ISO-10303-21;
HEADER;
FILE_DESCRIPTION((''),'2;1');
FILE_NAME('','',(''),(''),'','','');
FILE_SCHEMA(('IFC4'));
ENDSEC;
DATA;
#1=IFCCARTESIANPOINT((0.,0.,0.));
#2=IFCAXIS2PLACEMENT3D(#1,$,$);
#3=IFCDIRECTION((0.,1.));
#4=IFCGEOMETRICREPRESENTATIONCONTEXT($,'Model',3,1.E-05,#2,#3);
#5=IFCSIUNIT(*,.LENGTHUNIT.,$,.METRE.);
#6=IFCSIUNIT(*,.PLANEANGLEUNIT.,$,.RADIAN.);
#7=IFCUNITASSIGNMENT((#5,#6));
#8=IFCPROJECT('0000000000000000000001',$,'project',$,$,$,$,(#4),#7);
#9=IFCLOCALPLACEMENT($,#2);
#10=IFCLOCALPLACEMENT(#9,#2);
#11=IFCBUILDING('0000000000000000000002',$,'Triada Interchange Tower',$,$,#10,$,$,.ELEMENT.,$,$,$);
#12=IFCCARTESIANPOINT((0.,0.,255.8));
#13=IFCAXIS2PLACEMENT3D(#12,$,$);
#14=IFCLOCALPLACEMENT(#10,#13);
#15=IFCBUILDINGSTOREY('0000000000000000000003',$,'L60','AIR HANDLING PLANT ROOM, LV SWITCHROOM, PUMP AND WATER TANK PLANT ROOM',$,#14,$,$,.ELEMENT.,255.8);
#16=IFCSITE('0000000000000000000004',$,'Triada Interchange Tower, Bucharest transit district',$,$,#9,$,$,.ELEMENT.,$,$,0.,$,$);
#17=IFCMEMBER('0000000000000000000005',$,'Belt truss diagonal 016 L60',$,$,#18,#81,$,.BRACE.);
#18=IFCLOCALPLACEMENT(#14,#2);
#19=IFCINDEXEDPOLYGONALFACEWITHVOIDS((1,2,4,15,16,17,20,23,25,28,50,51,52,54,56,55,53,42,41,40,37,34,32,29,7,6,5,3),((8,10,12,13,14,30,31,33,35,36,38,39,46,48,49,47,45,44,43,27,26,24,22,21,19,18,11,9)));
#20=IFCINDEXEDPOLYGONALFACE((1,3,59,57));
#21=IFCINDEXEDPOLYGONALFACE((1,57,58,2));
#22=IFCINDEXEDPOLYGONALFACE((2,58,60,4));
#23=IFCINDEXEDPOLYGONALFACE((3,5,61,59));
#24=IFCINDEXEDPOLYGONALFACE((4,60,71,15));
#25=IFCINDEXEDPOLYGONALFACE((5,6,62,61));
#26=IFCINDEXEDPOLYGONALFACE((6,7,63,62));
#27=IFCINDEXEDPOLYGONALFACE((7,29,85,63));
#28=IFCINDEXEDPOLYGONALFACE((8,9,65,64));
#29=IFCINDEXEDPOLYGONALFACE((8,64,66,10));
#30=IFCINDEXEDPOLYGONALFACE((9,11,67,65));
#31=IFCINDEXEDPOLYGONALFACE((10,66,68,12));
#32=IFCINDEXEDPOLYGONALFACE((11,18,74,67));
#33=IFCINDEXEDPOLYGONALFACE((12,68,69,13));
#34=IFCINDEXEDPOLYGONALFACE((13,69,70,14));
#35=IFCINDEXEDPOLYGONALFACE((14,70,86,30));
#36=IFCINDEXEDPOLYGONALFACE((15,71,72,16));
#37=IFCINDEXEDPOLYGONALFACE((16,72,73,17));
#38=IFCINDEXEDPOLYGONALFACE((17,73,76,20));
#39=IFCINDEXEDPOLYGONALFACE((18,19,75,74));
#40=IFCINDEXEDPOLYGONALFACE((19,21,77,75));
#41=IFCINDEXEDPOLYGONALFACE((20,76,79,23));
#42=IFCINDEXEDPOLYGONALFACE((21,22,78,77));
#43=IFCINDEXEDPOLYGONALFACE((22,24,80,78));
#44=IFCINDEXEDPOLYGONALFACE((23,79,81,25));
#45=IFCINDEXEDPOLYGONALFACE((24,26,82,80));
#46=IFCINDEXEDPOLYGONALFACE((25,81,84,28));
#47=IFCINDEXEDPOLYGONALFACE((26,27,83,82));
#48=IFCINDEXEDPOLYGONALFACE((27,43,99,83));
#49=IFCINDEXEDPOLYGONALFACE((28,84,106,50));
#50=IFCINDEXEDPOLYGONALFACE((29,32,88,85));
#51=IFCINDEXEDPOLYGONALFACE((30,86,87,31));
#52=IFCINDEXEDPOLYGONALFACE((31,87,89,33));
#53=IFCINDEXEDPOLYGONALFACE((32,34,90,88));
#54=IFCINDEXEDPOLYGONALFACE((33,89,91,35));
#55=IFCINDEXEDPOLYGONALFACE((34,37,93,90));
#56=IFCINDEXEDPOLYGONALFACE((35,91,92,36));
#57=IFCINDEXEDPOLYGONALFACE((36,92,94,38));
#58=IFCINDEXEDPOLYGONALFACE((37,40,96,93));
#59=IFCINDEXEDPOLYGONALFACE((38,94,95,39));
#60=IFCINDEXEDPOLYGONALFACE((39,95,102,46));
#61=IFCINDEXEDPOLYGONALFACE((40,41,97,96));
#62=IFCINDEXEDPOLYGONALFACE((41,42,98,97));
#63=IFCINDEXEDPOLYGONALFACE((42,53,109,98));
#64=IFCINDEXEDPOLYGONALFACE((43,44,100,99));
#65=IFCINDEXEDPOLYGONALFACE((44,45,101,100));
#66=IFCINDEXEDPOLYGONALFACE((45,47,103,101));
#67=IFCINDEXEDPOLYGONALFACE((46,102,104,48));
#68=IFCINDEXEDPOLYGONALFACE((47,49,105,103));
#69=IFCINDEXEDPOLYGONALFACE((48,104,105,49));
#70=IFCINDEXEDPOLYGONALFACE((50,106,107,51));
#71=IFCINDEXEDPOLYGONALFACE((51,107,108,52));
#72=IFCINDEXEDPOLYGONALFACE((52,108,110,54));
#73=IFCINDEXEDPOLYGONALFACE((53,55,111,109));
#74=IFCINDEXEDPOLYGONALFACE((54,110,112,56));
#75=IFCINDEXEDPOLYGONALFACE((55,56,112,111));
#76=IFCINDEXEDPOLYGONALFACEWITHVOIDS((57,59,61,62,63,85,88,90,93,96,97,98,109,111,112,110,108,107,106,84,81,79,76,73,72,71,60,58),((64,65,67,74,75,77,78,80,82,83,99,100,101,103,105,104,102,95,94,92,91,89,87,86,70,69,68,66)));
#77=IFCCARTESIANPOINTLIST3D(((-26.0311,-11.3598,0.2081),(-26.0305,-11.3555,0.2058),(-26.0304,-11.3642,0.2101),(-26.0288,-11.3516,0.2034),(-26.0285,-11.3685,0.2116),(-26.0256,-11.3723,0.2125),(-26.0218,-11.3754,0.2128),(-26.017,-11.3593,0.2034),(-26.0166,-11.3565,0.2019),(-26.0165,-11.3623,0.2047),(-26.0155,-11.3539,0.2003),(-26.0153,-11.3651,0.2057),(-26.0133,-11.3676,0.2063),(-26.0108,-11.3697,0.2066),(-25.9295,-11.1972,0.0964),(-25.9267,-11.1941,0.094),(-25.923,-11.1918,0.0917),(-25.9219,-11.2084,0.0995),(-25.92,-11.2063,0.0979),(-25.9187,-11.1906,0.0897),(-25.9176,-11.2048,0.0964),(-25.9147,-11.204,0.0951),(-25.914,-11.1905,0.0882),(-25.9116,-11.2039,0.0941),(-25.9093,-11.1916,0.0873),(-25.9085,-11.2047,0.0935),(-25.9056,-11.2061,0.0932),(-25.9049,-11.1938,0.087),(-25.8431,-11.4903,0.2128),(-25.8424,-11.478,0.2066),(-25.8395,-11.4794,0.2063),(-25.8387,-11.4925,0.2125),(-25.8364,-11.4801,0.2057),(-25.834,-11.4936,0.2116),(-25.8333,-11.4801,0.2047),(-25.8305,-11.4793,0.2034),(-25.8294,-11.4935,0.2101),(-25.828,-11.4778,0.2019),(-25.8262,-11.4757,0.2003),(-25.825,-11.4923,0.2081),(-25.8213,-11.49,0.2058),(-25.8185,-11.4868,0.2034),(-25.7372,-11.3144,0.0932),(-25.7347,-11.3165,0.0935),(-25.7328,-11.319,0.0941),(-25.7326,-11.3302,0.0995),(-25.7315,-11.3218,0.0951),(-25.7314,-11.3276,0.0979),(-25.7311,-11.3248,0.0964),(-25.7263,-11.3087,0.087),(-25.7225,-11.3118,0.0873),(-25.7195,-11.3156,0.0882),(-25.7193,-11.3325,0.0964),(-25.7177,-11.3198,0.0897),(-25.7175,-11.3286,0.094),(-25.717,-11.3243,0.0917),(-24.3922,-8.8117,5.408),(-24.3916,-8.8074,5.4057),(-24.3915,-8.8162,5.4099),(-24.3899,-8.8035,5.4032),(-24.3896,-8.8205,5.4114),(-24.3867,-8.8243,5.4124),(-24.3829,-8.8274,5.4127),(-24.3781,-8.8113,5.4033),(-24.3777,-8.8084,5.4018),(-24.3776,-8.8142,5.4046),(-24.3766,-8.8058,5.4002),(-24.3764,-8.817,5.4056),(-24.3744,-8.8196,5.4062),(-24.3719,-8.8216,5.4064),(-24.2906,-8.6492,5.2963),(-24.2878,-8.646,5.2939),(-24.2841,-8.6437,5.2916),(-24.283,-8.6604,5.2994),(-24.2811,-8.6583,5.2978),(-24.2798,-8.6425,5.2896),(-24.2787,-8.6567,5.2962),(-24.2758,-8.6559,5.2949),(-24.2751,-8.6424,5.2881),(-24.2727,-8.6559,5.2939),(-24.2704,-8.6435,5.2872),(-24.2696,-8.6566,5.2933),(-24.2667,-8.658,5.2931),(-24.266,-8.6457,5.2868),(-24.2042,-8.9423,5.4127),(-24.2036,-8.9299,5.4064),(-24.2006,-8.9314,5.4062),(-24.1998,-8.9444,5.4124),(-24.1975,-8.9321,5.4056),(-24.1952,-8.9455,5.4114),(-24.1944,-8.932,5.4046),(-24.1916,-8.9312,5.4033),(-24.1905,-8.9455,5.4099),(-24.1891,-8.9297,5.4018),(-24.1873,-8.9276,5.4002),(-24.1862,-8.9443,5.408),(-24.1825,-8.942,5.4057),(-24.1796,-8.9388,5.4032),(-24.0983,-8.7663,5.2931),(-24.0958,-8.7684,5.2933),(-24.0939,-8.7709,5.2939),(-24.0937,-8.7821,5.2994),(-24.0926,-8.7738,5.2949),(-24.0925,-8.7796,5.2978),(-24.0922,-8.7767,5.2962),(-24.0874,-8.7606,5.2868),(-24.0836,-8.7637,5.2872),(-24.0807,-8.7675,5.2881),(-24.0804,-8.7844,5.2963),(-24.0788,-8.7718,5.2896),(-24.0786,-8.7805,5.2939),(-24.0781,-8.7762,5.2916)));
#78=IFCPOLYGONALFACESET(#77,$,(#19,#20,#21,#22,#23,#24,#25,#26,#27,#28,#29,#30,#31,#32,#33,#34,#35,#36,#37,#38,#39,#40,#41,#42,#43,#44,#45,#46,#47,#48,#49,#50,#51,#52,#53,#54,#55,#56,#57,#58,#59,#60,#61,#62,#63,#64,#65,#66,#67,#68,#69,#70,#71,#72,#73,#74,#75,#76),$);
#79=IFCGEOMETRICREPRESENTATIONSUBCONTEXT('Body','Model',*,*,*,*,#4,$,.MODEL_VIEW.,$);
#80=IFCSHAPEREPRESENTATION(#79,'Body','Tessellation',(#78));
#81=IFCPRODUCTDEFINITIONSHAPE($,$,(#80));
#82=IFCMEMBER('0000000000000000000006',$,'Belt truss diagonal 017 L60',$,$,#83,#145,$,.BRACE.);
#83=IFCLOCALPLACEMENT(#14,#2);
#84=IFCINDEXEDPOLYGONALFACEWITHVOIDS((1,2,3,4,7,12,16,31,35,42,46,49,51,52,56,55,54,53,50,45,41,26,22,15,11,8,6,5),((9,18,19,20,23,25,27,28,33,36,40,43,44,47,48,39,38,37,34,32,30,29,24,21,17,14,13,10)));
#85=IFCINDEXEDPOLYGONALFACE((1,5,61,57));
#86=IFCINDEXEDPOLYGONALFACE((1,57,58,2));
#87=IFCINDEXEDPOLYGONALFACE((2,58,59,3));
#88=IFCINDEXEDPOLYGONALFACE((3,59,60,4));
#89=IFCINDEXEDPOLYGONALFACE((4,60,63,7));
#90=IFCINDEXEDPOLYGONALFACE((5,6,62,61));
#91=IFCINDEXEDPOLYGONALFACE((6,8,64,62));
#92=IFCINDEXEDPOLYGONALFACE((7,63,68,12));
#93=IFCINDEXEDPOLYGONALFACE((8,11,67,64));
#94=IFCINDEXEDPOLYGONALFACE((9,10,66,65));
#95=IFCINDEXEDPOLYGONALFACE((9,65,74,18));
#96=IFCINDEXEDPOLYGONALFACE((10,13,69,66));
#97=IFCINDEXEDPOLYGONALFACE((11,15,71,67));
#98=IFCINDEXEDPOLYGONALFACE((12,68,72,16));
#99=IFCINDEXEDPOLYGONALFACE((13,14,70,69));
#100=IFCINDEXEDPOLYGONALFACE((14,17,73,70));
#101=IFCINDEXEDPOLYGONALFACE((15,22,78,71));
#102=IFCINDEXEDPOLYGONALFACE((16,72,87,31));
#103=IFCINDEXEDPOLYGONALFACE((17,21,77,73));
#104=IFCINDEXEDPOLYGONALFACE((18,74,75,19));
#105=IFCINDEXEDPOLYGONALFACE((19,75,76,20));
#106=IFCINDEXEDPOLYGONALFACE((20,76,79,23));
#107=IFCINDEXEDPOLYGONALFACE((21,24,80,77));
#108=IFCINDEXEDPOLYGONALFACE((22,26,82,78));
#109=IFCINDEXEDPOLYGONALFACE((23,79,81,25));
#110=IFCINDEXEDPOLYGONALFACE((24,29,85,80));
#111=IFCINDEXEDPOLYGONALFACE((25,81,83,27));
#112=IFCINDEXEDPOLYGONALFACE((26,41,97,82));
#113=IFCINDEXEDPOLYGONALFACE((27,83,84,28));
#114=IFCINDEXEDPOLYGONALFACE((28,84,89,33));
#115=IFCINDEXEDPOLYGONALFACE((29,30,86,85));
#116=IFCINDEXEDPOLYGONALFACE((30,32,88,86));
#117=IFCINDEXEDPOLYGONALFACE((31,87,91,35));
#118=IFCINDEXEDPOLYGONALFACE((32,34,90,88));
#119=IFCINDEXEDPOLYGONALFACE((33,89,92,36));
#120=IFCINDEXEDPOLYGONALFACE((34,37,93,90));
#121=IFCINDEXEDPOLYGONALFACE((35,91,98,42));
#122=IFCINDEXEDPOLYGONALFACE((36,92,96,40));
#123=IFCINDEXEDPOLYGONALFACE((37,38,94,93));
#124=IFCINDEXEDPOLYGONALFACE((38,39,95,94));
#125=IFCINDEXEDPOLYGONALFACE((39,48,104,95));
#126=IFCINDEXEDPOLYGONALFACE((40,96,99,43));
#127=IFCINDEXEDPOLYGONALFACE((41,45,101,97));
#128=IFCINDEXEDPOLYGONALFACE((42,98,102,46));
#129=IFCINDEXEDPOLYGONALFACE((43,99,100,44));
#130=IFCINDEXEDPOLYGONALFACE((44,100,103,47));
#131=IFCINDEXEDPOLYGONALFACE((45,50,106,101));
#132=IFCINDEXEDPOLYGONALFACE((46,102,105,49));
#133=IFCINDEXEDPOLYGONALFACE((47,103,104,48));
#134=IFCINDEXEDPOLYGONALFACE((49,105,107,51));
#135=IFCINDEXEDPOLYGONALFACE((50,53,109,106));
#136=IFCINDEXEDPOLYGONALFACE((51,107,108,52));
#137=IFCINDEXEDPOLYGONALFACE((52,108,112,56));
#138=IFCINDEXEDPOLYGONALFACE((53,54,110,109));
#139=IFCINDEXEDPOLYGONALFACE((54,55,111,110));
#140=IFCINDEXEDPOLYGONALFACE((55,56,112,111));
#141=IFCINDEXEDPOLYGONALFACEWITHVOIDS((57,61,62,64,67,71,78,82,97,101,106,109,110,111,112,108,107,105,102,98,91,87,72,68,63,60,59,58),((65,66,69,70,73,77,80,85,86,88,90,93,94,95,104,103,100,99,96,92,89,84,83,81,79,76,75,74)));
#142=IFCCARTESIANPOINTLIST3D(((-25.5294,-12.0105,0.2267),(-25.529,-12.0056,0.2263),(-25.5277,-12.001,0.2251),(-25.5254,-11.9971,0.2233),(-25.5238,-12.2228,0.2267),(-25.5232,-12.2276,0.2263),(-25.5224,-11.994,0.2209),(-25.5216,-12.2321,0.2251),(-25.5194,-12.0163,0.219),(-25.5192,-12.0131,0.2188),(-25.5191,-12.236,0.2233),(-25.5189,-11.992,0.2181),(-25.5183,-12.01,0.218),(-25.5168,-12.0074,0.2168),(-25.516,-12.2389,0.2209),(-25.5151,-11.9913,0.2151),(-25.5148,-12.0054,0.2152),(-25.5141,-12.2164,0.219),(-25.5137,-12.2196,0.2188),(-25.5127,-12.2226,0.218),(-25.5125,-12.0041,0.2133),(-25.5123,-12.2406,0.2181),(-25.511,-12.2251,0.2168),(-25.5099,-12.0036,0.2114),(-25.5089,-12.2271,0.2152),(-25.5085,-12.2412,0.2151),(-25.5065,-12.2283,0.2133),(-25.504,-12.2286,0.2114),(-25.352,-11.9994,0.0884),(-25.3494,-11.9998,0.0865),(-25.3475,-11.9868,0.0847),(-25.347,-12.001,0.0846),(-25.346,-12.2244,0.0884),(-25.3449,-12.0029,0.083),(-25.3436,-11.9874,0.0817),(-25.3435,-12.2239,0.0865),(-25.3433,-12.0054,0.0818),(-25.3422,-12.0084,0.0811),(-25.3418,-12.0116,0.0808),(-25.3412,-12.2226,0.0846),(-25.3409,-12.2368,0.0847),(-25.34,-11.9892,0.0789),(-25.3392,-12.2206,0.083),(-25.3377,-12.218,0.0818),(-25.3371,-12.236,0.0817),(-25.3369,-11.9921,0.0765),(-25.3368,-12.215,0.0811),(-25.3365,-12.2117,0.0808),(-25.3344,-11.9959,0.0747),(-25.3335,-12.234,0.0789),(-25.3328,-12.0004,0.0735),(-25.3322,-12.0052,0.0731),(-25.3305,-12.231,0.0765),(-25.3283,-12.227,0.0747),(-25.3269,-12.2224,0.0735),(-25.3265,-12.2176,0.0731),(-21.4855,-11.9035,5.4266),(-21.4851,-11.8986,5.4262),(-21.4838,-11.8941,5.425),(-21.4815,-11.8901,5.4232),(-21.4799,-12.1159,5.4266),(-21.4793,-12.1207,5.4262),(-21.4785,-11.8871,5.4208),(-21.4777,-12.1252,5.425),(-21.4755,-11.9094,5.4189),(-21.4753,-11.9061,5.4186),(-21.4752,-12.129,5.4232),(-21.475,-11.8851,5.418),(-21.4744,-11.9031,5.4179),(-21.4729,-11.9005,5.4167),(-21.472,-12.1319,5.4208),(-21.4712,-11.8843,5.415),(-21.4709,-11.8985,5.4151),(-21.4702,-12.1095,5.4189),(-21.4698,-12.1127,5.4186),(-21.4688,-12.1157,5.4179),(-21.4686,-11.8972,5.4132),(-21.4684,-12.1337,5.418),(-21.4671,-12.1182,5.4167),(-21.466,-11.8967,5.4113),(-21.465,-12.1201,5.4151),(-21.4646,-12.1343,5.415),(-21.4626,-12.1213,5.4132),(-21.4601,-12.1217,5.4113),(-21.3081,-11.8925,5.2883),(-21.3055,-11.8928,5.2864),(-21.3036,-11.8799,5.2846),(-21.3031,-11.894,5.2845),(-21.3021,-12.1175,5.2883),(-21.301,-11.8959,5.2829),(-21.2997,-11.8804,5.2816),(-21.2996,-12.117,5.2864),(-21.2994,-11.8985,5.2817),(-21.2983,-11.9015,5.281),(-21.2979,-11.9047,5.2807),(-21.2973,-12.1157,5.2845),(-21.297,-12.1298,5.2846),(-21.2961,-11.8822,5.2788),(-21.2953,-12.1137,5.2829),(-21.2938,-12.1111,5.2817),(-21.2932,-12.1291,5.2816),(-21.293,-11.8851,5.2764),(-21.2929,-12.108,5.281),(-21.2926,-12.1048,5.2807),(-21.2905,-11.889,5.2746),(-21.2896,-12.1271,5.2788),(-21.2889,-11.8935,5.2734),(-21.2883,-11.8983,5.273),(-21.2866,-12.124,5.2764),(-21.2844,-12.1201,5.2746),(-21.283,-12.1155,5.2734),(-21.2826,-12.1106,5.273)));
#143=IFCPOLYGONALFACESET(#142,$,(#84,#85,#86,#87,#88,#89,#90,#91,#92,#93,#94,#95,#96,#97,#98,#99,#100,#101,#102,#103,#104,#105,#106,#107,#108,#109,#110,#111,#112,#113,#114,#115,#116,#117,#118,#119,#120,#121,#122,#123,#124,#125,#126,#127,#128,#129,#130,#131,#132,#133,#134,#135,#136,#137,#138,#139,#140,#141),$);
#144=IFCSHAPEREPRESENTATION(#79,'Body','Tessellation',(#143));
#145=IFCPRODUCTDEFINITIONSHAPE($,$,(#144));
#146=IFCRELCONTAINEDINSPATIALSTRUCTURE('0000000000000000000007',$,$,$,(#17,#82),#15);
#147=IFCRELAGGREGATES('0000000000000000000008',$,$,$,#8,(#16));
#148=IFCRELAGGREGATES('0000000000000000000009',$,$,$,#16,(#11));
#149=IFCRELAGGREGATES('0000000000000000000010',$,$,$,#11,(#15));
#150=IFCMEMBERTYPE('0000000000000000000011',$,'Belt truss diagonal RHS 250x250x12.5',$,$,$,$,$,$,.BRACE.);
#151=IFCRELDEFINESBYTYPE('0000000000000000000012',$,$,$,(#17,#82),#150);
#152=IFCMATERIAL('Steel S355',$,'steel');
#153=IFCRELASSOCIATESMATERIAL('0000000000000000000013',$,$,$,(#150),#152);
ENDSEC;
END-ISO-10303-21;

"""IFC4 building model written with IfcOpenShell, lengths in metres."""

from ifc_helpers import new_model, si_unit, direction, frame, origin, origin_2d, place, context, subcontext, project, spatial, hollow_rectangle, extrude, material, material_profile, profile_set, type_object, element, save


model = new_model("IFC4")

# Units and contexts
model_context = context("Model", 3, precision=1e-05, world=origin(), true_north=direction((0.0, 1.0)))
body_context = subcontext(model_context, "Body", "Model", "MODEL_VIEW")
ifc_project = project(units=[si_unit("LENGTHUNIT", "METRE"), si_unit("PLANEANGLEUNIT", "RADIAN")], contexts=[model_context])

# Site, building, storey
site_placement = place(None, origin())
site = spatial("IfcSite", under=ifc_project, at=site_placement, Name="Triada Interchange Tower, Bucharest transit district", CompositionType="ELEMENT", RefElevation=0.0)
building_placement = place(site_placement, origin())
building = spatial("IfcBuilding", under=site, at=building_placement, Name="Triada Interchange Tower", CompositionType="ELEMENT")
storey_placement = place(building_placement, frame((0.0, 0.0, 255.8)))
storey = spatial("IfcBuildingStorey", under=building, at=storey_placement, Name="L60", Description="AIR HANDLING PLANT ROOM, LV SWITCHROOM, PUMP AND WATER TANK PLANT ROOM", CompositionType="ELEMENT", Elevation=255.8)

# Members
ifc_material_1 = material(Name="Steel S355", Category="steel")
ifc_material_profile_1 = material_profile(ifc_material_1, hollow_rectangle(XDim=0.25, YDim=0.25, WallThickness=0.0125, InnerFilletRadius=0.0125, OuterFilletRadius=0.0188, at=origin_2d()), Name="RHS 250x250x12.5")
ifc_profile_set_1 = profile_set([ifc_material_profile_1], Name="Steel S355")
member_type = type_object("IfcMemberType", Name="Belt truss diagonal RHS 250x250x12.5", PredefinedType="BRACE", material=ifc_profile_set_1)
member_1_placement = place(storey_placement, frame((-25.874, -11.342, 0.1499), z_axis=(0.272328, 0.423401, 0.864042), x_axis=(-0.84105, 0.540957, 0.0)))
element("IfcMember", 1, at=member_1_placement, inside=storey, type_object=member_type, Name="Belt truss diagonal 016 L60", PredefinedType="BRACE", context=body_context, shape_type="SweptSolid", body=[
    extrude(hollow_rectangle(XDim=0.25, YDim=0.25, WallThickness=0.0125, InnerFilletRadius=0.0125, OuterFilletRadius=0.0188, at=origin_2d()), origin(), (0.0, 0.0, 1.0), 6.0181),
])
member_2_placement = place(storey_placement, frame((-25.428, -12.114, 0.1499), z_axis=(0.613816, 0.016231, 0.789282), x_axis=(-0.026434, 0.999651, 0.0)))
element("IfcMember", 2, at=member_2_placement, inside=storey, type_object=member_type, Name="Belt truss diagonal 017 L60", PredefinedType="BRACE", context=body_context, shape_type="SweptSolid", body=[
    extrude(hollow_rectangle(XDim=0.25, YDim=0.25, WallThickness=0.0125, InnerFilletRadius=0.0125, OuterFilletRadius=0.0188, at=origin_2d()), origin(), (0.0, 0.0, 1.0), 6.5881),
])

save(model, "model.ifc")
